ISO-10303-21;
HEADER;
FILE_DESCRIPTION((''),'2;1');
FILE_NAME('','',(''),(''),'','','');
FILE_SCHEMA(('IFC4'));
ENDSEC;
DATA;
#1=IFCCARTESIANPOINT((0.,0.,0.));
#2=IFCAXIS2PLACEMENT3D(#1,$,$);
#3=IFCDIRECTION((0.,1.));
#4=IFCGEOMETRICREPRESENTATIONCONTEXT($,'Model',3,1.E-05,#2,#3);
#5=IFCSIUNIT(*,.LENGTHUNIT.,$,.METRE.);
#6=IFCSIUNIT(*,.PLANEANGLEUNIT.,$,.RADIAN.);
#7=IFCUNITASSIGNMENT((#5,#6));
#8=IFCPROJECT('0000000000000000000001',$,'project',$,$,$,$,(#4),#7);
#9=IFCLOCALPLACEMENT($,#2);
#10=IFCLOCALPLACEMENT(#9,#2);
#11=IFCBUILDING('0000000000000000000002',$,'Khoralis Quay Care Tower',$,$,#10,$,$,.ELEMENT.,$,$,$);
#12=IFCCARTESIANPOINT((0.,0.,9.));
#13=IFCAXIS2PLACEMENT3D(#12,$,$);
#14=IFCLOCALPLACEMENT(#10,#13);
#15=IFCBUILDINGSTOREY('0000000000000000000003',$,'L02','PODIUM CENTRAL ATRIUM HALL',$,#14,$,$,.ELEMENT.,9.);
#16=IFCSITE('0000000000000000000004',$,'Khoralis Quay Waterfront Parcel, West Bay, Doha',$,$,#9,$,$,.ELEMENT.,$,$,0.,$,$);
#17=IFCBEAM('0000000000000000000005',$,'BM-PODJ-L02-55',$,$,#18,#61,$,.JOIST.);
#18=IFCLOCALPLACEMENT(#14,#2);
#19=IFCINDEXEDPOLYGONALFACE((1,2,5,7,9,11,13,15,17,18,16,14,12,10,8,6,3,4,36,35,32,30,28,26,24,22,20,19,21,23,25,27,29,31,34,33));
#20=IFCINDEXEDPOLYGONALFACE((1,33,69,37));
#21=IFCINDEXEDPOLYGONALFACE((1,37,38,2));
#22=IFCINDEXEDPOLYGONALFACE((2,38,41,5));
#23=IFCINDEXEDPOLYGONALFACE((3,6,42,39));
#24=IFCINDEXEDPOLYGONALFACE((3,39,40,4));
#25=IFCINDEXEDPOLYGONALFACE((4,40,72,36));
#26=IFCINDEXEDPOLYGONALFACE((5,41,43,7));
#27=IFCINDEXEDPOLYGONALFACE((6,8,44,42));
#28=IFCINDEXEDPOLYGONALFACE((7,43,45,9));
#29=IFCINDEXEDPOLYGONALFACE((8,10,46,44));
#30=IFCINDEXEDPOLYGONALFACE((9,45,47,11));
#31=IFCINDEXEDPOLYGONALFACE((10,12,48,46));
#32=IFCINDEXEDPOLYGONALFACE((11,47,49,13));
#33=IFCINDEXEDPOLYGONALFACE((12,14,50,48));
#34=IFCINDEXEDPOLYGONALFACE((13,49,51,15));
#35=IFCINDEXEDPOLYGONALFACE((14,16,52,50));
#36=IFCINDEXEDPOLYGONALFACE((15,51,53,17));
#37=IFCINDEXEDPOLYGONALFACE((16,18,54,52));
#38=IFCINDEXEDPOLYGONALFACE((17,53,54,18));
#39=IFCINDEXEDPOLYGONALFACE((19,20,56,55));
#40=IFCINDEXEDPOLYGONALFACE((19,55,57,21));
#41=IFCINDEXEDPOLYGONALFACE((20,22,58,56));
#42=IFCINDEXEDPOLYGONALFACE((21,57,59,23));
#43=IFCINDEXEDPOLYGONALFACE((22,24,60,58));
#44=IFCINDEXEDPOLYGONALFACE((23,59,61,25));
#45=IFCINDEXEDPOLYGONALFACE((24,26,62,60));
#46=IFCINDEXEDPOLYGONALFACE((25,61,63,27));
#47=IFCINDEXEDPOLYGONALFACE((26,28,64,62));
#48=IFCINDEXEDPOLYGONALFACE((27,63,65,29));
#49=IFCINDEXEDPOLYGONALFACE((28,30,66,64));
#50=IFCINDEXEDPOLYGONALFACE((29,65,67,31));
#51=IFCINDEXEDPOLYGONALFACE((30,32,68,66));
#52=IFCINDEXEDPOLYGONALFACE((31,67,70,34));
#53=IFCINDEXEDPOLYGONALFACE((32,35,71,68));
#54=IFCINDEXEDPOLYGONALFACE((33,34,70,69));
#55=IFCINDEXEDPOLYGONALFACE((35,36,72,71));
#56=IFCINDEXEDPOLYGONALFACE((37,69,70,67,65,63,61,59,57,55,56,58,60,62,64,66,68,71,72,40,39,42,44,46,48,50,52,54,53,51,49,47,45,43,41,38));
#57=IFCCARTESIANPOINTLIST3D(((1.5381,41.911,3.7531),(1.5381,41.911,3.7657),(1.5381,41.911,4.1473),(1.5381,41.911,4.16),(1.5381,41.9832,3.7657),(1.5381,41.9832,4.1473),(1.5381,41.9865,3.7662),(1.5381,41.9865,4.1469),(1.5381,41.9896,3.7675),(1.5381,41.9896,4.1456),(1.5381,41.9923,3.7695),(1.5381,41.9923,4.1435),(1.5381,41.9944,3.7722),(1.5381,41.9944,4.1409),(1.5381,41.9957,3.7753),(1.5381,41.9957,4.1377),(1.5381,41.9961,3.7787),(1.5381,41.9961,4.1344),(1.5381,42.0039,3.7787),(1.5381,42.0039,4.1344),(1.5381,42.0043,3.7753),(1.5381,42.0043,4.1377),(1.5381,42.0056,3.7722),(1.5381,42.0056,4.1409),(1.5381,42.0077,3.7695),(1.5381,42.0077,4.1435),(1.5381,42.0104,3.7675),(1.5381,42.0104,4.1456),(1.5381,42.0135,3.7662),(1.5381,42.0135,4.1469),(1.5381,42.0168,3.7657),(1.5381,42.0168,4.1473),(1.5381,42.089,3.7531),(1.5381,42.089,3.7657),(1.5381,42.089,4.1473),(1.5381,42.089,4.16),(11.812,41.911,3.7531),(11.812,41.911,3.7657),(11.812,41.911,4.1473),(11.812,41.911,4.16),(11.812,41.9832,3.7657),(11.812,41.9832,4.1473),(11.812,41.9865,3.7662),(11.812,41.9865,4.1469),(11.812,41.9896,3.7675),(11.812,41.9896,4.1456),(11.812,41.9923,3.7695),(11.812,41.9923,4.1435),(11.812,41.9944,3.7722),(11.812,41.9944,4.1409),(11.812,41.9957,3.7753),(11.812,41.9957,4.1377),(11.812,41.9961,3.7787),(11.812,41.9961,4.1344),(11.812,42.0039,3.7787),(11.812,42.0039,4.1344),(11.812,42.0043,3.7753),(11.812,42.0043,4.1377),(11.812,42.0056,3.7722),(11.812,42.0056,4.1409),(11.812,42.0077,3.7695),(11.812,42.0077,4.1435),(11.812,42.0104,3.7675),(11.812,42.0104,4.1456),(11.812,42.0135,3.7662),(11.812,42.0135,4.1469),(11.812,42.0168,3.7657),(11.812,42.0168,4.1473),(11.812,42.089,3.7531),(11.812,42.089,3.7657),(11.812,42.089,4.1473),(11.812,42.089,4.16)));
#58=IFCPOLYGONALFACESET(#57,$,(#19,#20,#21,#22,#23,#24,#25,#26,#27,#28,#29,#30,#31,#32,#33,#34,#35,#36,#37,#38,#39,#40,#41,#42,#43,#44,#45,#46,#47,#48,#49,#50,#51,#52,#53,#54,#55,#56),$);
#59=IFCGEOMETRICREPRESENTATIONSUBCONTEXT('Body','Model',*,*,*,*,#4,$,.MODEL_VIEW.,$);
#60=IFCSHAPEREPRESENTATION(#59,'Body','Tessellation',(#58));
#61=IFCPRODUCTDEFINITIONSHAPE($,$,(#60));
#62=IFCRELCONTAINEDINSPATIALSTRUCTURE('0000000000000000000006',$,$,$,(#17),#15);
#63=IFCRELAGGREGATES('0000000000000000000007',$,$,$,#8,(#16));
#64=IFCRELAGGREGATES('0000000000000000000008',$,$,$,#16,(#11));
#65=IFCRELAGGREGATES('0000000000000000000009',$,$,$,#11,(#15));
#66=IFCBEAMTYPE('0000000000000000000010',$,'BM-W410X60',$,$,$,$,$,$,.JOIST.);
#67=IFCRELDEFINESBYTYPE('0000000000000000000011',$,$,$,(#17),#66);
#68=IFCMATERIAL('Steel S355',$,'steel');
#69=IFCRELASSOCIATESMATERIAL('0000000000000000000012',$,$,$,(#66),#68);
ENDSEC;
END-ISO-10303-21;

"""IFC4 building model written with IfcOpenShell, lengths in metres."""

from ifc_helpers import new_model, si_unit, direction, frame, origin, origin_2d, place, context, subcontext, project, spatial, i_section, extrude, source, transform, mapped, material, material_profile, profile_set, type_object, element, save


model = new_model("IFC4")

# Units and contexts
model_context = context("Model", 3, precision=1e-05, world=origin(), true_north=direction((0.0, 1.0)))
body_context = subcontext(model_context, "Body", "Model", "MODEL_VIEW")
ifc_project = project(units=[si_unit("LENGTHUNIT", "METRE"), si_unit("PLANEANGLEUNIT", "RADIAN")], contexts=[model_context])

# Site, building, storey
site_placement = place(None, origin())
site = spatial("IfcSite", under=ifc_project, at=site_placement, Name="Khoralis Quay Waterfront Parcel, West Bay, Doha", CompositionType="ELEMENT", RefElevation=0.0)
building_placement = place(site_placement, origin())
building = spatial("IfcBuilding", under=site, at=building_placement, Name="Khoralis Quay Care Tower", CompositionType="ELEMENT")
storey_placement = place(building_placement, frame((0.0, 0.0, 9.0)))
storey = spatial("IfcBuildingStorey", under=building, at=storey_placement, Name="L02", Description="PODIUM CENTRAL ATRIUM HALL", CompositionType="ELEMENT", Elevation=9.0)

# Beam
ifc_material_1 = material(Name="Steel S355", Category="steel")
ifc_material_profile_1 = material_profile(ifc_material_1, i_section(OverallWidth=0.178, OverallDepth=0.407, WebThickness=0.0078, FlangeThickness=0.0127, FilletRadius=0.0129, at=origin_2d()), Name="Steel S355")
ifc_profile_set_1 = profile_set([ifc_material_profile_1], Name="Steel S355")
beam_type_1 = type_object("IfcBeamType", Name="BM-W410X60", PredefinedType="JOIST", material=ifc_profile_set_1)
shared_shape_1 = source(origin(), body_context, "Body", "SweptSolid", [
    extrude(i_section(OverallWidth=0.178, OverallDepth=0.407, WebThickness=0.0078, FlangeThickness=0.0127, FilletRadius=0.0129, at=origin_2d()), origin(), (0.0, 0.0, 1.0), 10.2739),
])
beam_1_placement = place(storey_placement, frame((1.5381, 42.0, 3.9565), z_axis=(1.0, 0.0, 0.0), x_axis=(0.0, 1.0, 0.0)))
element("IfcBeam", 1, at=beam_1_placement, inside=storey, type_object=beam_type_1, Name="BM-PODJ-L02-55", PredefinedType="JOIST", context=body_context, shape_type="MappedRepresentation", body=[
    mapped(shared_shape_1, transform((0.0, 0.0, 0.0), scale=1.0)),
])

save(model, "model.ifc")
